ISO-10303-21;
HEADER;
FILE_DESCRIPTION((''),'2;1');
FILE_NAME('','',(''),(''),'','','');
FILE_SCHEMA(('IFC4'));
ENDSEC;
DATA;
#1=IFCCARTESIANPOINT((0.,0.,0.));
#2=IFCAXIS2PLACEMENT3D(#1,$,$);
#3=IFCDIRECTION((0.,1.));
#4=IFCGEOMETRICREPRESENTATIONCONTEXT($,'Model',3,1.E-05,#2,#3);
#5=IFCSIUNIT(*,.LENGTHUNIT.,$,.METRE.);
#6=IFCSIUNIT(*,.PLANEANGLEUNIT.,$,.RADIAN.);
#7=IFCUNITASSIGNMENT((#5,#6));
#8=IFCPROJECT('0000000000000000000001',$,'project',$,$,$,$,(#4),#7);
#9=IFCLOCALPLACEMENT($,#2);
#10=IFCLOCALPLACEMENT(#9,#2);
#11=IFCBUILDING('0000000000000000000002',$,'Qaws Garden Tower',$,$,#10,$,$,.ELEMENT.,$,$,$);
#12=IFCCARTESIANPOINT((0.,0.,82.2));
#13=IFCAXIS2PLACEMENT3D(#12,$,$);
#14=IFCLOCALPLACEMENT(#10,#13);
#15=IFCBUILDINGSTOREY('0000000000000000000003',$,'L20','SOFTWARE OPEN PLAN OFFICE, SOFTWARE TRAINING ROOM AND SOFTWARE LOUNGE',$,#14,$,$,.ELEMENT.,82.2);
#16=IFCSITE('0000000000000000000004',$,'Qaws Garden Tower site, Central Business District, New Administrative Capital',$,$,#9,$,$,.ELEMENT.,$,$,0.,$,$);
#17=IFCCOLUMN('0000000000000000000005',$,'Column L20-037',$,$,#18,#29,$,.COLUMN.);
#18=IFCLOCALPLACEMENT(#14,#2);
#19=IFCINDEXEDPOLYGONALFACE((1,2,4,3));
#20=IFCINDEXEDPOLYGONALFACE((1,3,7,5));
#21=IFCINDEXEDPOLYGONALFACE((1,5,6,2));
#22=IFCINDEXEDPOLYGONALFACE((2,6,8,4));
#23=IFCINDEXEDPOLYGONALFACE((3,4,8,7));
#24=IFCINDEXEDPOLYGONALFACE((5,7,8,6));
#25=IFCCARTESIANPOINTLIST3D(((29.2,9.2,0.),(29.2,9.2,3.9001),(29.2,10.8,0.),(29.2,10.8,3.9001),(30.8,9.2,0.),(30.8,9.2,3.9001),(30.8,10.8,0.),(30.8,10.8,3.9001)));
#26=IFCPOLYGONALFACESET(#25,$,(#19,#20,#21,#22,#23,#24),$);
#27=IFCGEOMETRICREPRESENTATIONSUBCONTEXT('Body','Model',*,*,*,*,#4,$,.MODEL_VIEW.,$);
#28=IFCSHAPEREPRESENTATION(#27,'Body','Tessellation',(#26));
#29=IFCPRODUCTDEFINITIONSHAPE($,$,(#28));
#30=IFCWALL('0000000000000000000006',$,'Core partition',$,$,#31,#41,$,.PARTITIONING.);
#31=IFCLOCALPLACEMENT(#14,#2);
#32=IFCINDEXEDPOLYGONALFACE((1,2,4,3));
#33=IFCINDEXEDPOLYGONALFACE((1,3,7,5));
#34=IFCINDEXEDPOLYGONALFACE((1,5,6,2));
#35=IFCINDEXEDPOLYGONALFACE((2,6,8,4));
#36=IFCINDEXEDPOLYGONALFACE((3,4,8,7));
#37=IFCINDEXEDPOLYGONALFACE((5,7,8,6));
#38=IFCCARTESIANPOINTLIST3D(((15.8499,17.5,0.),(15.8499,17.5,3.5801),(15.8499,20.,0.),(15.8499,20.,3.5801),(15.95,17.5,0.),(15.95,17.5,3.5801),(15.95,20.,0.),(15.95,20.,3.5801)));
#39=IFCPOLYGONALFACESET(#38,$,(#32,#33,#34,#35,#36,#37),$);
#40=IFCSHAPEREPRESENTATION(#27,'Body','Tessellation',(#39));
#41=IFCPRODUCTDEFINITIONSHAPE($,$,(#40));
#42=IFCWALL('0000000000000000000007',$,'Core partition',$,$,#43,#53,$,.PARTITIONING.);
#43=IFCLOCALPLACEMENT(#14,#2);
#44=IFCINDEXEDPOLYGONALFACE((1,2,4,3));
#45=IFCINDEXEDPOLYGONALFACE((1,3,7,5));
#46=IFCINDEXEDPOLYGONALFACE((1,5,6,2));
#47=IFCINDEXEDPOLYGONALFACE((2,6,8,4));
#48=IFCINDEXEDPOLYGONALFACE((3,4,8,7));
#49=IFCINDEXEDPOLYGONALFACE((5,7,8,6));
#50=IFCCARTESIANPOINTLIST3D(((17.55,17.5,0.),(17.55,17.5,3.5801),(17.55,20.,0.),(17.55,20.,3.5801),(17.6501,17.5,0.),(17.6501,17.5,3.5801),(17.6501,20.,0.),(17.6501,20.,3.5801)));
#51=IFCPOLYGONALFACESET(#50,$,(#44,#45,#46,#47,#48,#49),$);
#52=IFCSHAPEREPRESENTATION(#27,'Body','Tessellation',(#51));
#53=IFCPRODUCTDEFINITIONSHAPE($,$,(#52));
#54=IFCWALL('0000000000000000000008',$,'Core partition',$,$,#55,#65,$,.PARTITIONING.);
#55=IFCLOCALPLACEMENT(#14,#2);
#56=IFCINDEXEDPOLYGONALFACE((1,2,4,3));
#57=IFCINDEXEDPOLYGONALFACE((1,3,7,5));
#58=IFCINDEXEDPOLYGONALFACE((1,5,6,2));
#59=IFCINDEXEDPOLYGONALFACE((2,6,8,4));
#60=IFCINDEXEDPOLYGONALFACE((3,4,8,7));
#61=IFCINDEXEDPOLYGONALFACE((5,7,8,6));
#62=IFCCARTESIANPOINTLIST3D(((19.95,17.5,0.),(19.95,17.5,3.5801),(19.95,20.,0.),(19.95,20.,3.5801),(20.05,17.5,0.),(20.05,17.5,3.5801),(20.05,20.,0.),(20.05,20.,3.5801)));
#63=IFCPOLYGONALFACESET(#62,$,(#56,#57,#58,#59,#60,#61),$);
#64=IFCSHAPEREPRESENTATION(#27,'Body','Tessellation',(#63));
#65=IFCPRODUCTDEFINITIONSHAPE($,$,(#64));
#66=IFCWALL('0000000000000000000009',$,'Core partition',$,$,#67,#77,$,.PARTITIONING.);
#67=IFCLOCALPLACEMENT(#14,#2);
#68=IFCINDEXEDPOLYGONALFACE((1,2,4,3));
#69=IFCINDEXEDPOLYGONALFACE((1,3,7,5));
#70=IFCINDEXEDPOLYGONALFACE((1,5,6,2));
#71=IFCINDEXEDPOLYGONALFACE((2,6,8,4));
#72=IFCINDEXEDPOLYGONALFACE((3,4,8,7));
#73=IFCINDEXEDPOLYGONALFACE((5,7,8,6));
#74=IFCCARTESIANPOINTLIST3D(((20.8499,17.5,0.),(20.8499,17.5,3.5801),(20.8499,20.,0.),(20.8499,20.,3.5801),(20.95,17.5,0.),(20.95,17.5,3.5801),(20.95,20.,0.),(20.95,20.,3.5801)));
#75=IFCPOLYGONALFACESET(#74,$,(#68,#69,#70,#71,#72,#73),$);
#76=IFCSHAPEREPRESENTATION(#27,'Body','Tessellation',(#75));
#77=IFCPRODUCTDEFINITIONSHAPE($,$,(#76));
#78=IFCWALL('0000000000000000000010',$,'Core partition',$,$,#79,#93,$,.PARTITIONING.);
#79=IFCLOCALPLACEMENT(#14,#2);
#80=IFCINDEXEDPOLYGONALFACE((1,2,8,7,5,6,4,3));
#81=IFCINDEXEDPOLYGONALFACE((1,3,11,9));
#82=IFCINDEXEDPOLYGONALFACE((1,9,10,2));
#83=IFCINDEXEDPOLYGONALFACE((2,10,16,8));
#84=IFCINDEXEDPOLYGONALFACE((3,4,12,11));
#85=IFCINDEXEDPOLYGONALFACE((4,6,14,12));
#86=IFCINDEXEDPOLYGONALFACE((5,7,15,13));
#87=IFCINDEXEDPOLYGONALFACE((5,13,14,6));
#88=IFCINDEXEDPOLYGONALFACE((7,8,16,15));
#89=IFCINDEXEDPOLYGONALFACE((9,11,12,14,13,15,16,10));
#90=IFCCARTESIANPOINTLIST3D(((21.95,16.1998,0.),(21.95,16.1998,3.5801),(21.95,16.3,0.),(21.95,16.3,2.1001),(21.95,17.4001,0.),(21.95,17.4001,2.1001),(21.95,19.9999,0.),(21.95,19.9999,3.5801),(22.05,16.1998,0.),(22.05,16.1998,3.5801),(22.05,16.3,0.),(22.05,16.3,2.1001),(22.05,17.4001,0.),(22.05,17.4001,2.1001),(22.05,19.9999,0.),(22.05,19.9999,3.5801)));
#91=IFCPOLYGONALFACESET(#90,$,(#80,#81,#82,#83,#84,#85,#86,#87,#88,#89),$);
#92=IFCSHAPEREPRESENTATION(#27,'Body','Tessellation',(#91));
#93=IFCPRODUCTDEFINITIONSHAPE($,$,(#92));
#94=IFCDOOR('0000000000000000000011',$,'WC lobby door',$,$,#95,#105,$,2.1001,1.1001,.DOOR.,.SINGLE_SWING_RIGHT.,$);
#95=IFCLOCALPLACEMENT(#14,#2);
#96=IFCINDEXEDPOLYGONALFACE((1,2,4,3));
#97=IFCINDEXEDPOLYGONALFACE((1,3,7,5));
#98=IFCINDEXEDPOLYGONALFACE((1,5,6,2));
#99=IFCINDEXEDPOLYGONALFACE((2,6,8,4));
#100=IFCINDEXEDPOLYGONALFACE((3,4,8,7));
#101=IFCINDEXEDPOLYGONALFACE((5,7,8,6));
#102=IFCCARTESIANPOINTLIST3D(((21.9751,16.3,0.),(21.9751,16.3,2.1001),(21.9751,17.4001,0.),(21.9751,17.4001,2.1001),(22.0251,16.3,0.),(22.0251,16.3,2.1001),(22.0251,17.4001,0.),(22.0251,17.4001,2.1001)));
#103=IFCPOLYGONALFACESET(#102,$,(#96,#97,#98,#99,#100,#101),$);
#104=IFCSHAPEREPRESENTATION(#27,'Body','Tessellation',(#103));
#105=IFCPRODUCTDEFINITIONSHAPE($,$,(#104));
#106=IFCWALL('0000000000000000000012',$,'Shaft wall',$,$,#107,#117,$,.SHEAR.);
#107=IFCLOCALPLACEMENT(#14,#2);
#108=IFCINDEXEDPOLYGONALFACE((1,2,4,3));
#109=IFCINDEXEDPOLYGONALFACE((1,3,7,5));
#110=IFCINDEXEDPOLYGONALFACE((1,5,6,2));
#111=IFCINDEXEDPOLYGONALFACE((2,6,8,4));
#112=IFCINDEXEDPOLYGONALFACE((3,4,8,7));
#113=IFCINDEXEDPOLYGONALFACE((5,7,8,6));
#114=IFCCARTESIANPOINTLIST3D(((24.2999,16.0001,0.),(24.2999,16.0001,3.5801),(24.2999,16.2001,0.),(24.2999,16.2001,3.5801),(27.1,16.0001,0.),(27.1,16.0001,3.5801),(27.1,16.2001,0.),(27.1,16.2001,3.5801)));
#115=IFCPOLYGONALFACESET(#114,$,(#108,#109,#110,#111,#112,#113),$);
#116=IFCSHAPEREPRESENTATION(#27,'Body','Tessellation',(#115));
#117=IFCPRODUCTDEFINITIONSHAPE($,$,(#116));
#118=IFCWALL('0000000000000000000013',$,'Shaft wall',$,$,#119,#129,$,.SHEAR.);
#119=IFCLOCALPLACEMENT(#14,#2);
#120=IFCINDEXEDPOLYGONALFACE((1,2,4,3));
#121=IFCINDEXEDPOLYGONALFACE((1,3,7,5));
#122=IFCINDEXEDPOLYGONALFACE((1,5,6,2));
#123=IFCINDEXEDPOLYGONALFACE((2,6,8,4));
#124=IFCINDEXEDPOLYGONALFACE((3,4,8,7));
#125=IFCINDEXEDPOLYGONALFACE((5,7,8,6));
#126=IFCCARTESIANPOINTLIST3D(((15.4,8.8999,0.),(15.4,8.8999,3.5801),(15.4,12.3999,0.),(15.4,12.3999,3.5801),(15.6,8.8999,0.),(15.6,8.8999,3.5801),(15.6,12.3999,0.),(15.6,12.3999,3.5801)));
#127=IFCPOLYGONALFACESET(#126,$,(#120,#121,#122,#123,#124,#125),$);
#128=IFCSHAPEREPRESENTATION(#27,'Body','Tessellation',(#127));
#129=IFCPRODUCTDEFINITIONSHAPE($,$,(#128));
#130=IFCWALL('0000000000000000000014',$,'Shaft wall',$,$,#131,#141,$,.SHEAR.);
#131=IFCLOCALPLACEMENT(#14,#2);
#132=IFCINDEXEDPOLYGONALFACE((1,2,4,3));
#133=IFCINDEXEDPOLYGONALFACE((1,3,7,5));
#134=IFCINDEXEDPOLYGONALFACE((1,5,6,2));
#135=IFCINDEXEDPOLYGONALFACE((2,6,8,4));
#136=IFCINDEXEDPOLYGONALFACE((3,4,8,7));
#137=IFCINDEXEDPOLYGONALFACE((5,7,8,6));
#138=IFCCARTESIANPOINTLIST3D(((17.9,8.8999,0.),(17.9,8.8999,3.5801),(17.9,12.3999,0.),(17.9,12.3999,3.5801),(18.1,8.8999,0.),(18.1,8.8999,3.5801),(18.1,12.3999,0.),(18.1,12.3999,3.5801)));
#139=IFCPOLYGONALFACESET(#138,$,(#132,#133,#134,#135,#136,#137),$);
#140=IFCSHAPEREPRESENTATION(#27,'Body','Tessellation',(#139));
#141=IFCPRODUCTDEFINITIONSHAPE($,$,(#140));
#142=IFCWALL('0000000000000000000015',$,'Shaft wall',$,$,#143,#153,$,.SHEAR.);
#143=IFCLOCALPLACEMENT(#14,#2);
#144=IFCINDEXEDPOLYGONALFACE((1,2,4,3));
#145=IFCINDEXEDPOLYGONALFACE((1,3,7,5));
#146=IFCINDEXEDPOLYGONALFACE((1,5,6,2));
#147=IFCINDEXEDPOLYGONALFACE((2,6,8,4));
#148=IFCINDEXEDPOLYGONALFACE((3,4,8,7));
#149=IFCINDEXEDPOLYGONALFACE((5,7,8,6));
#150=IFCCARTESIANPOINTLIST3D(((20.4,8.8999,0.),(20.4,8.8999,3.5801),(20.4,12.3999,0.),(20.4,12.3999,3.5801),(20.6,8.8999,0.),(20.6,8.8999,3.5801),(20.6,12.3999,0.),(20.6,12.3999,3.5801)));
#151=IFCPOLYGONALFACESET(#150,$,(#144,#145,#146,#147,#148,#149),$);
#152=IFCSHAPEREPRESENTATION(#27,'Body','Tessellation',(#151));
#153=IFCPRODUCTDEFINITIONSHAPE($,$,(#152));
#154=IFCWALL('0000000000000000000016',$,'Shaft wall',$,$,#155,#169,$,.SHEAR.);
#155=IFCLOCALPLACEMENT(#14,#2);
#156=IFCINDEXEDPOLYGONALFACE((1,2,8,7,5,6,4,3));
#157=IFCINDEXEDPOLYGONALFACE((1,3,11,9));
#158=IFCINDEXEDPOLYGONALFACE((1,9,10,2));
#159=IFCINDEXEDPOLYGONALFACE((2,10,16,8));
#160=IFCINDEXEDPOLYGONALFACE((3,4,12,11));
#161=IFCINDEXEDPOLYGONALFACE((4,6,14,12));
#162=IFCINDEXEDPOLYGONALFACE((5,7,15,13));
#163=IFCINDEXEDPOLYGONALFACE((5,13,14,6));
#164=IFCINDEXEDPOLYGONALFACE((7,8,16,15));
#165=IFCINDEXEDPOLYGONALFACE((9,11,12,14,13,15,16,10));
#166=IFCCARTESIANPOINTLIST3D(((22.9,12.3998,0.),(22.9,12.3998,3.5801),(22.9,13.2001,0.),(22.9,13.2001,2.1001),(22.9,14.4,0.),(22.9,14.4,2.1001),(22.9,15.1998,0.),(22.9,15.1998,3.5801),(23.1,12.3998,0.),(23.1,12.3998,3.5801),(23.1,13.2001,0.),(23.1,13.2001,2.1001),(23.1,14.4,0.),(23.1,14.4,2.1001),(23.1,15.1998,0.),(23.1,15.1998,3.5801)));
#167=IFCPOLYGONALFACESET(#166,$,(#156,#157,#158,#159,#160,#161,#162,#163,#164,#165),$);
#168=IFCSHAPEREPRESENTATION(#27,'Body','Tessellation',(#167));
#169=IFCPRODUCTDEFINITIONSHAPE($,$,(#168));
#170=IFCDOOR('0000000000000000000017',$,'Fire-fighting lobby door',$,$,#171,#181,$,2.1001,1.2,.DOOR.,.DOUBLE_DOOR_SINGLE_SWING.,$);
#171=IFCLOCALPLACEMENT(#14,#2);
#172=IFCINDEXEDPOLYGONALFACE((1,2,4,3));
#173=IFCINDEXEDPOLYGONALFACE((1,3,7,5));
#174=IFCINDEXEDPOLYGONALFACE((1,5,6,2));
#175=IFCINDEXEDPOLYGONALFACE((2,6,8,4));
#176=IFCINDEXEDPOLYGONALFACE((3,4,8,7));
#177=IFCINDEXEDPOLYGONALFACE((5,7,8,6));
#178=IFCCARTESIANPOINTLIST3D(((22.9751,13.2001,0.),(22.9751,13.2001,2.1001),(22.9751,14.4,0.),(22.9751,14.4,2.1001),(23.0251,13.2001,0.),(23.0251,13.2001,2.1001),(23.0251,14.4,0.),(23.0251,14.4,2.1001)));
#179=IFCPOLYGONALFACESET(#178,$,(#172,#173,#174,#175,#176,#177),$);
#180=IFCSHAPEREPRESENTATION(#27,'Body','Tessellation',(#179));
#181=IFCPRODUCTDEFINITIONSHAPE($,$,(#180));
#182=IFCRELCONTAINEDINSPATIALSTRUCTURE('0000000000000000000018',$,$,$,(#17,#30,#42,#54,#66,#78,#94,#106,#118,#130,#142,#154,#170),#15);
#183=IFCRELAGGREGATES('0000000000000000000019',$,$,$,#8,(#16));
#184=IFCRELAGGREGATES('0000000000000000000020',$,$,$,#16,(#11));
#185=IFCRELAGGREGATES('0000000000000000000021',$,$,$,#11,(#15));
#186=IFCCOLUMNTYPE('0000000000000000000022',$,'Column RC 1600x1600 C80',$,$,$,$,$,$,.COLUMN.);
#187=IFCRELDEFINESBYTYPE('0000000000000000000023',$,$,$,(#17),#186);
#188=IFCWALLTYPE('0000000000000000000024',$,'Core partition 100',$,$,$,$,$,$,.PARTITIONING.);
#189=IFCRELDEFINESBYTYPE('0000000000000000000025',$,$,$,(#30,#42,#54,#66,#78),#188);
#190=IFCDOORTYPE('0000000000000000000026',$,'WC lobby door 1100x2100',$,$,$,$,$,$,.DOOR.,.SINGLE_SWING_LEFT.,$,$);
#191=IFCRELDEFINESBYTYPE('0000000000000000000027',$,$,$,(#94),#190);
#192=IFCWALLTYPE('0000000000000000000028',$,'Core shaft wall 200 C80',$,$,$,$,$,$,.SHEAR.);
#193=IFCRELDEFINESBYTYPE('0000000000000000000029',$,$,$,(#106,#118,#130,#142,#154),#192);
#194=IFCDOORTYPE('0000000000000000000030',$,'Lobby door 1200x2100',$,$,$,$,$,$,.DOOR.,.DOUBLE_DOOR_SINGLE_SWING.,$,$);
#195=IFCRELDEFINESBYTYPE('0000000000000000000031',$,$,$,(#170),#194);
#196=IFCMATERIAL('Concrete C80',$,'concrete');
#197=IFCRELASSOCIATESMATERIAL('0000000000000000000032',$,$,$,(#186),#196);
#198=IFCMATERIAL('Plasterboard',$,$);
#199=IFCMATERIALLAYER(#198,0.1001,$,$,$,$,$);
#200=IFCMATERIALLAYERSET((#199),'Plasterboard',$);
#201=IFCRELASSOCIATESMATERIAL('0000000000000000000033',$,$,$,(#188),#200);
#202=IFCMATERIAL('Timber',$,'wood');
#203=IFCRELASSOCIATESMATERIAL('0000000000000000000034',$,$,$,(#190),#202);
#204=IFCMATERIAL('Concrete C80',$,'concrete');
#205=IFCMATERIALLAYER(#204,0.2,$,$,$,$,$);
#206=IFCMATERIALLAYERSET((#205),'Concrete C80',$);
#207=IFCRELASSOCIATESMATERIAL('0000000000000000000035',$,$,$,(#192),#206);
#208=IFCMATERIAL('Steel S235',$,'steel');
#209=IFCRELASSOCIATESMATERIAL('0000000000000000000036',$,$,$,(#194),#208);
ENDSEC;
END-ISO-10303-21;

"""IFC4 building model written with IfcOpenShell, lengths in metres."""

from ifc_helpers import new_model, si_unit, direction, frame, frame_2d, origin, origin_2d, place, context, subcontext, project, spatial, rectangle, extrude, material, layer, layer_set, material_profile, profile_set, type_object, element, fill, save


model = new_model("IFC4")

# Units and contexts
model_context = context("Model", 3, precision=1e-05, world=origin(), true_north=direction((0.0, 1.0)))
body_context = subcontext(model_context, "Body", "Model", "MODEL_VIEW")
ifc_project = project(units=[si_unit("LENGTHUNIT", "METRE"), si_unit("PLANEANGLEUNIT", "RADIAN")], contexts=[model_context])

# Site, building, storey
site_placement = place(None, origin())
site = spatial("IfcSite", under=ifc_project, at=site_placement, Name="Qaws Garden Tower site, Central Business District, New Administrative Capital", CompositionType="ELEMENT", RefElevation=0.0)
building_placement = place(site_placement, origin())
building = spatial("IfcBuilding", under=site, at=building_placement, Name="Qaws Garden Tower", CompositionType="ELEMENT")
storey_placement = place(building_placement, frame((0.0, 0.0, 82.2)))
storey = spatial("IfcBuildingStorey", under=building, at=storey_placement, Name="L20", Description="SOFTWARE OPEN PLAN OFFICE, SOFTWARE TRAINING ROOM AND SOFTWARE LOUNGE", CompositionType="ELEMENT", Elevation=82.2)

# Column
ifc_material_1 = material(Name="Concrete C80", Category="concrete")
ifc_material_profile = material_profile(ifc_material_1, rectangle(XDim=1.6001, YDim=1.6001, at=origin_2d()), Name="RC 1600x1600")
ifc_profile_set = profile_set([ifc_material_profile], Name="Concrete C80")
column_type = type_object("IfcColumnType", Name="Column RC 1600x1600 C80", PredefinedType="COLUMN", material=ifc_profile_set)
column_placement = place(storey_placement, frame((30.0, 10.0, 0.0), z_axis=(0.0, 0.0, 1.0), x_axis=(1.0, 0.0, 0.0)))
element("IfcColumn", 1, at=column_placement, inside=storey, type_object=column_type, Name="Column L20-037", PredefinedType="COLUMN", context=body_context, shape_type="SweptSolid", body=[
    extrude(rectangle(XDim=1.6001, YDim=1.6001, at=origin_2d()), origin(), (0.0, 0.0, 1.0), 3.9001),
])

# Walls
ifc_material_2 = material(Name="Plasterboard")
ifc_layer_1 = layer(ifc_material_2, 0.1001)
ifc_layer_set_1 = layer_set([ifc_layer_1], Name="Plasterboard")
wall_type_1 = type_object("IfcWallType", Name="Core partition 100", PredefinedType="PARTITIONING", material=ifc_layer_set_1)
for number, where, z_axis, x_axis, name in (
    (2, (15.8999, 17.5, 0.0), (0.0, 0.0, 1.0), (0.0, 1.0, 0.0), "Core partition"),
    (3, (17.6001, 17.5, 0.0), (0.0, 0.0, 1.0), (0.0, 1.0, 0.0), "Core partition"),
    (4, (20.0, 17.5, 0.0), (0.0, 0.0, 1.0), (0.0, 1.0, 0.0), "Core partition"),
    (5, (20.8999, 17.5, 0.0), (0.0, 0.0, 1.0), (0.0, 1.0, 0.0), "Core partition"),
):
    element("IfcWall", number, at=place(storey_placement, frame(where, z_axis=z_axis, x_axis=x_axis)), inside=storey, type_object=wall_type_1, Name=name, PredefinedType="PARTITIONING", context=body_context, shape_type="SweptSolid", body=[
        extrude(rectangle(XDim=2.5, YDim=0.1001, at=frame_2d((1.25, 0.0))), origin(), (0.0, 0.0, 1.0), 3.5801),
    ])

# Wall, opening, door
wall_1_placement = place(storey_placement, frame((22.0, 16.2, 0.0), z_axis=(0.0, 0.0, 1.0), x_axis=(0.0, 1.0, 0.0)))
wall_1 = element("IfcWall", 6, at=wall_1_placement, inside=storey, type_object=wall_type_1, Name="Core partition", PredefinedType="PARTITIONING", context=body_context, shape_type="SweptSolid", body=[
    extrude(rectangle(XDim=3.8, YDim=0.1001, at=frame_2d((1.8999, 0.0))), origin(), (0.0, 0.0, 1.0), 3.5801),
])
opening_1_placement = place(wall_1_placement, frame((0.1001, 0.0, 0.0)))
opening_1 = element("IfcOpeningElement", 7, at=opening_1_placement, cuts=wall_1, PredefinedType="OPENING", context=body_context, shape_type="SweptSolid", body=[
    extrude(rectangle(XDim=1.1001, YDim=2.1001, at=frame_2d((0.55, 1.05))), frame((0.0, 0.0601, 0.0), z_axis=(0.0, -1.0, 0.0), x_axis=(1.0, 0.0, 0.0)), (0.0, 0.0, 1.0), 0.1201),
])
ifc_material_3 = material(Name="Timber", Category="wood")
door_type_1 = type_object("IfcDoorType", Name="WC lobby door 1100x2100", OperationType="SINGLE_SWING_LEFT", PredefinedType="DOOR", material=ifc_material_3)
door_1_placement = place(opening_1_placement, origin())
door_1 = element("IfcDoor", 8, at=door_1_placement, inside=storey, type_object=door_type_1, Name="WC lobby door", OperationType="SINGLE_SWING_RIGHT", OverallHeight=2.1001, OverallWidth=1.1001, PredefinedType="DOOR", context=body_context, shape_type="SweptSolid", body=[
    extrude(rectangle(XDim=1.1001, YDim=2.1001, at=frame_2d((0.55, 1.05))), frame((0.0, 0.0249, 0.0), z_axis=(0.0, -1.0, 0.0), x_axis=(1.0, 0.0, 0.0)), (0.0, 0.0, 1.0), 0.05),
])
fill(opening_1, door_1)

# Walls
ifc_material_4 = material(Name="Concrete C80", Category="concrete")
ifc_layer_2 = layer(ifc_material_4, 0.2)
ifc_layer_set_2 = layer_set([ifc_layer_2], Name="Concrete C80")
wall_type_2 = type_object("IfcWallType", Name="Core shaft wall 200 C80", PredefinedType="SHEAR", material=ifc_layer_set_2)
wall_2_placement = place(storey_placement, frame((24.3, 16.1001, 0.0), z_axis=(0.0, 0.0, 1.0), x_axis=(1.0, 0.0, 0.0)))
element("IfcWall", 9, at=wall_2_placement, inside=storey, type_object=wall_type_2, Name="Shaft wall", PredefinedType="SHEAR", context=body_context, shape_type="SweptSolid", body=[
    extrude(rectangle(XDim=2.8, YDim=0.2, at=frame_2d((1.3999, 0.0))), origin(), (0.0, 0.0, 1.0), 3.5801),
])
for number, where, z_axis, x_axis, name in (
    (10, (15.5, 8.8999, 0.0), (0.0, 0.0, 1.0), (0.0, 1.0, 0.0), "Shaft wall"),
    (11, (18.0, 8.8999, 0.0), (0.0, 0.0, 1.0), (0.0, 1.0, 0.0), "Shaft wall"),
    (12, (20.5, 8.8999, 0.0), (0.0, 0.0, 1.0), (0.0, 1.0, 0.0), "Shaft wall"),
):
    element("IfcWall", number, at=place(storey_placement, frame(where, z_axis=z_axis, x_axis=x_axis)), inside=storey, type_object=wall_type_2, Name=name, PredefinedType="SHEAR", context=body_context, shape_type="SweptSolid", body=[
        extrude(rectangle(XDim=3.5, YDim=0.2, at=frame_2d((1.75, 0.0))), origin(), (0.0, 0.0, 1.0), 3.5801),
    ])

# Wall, opening, door
wall_3_placement = place(storey_placement, frame((23.0, 12.3999, 0.0), z_axis=(0.0, 0.0, 1.0), x_axis=(0.0, 1.0, 0.0)))
wall_3 = element("IfcWall", 13, at=wall_3_placement, inside=storey, type_object=wall_type_2, Name="Shaft wall", PredefinedType="SHEAR", context=body_context, shape_type="SweptSolid", body=[
    extrude(rectangle(XDim=2.8, YDim=0.2, at=frame_2d((1.3999, 0.0))), origin(), (0.0, 0.0, 1.0), 3.5801),
])
opening_2_placement = place(wall_3_placement, frame((0.8, 0.0, 0.0)))
opening_2 = element("IfcOpeningElement", 14, at=opening_2_placement, cuts=wall_3, PredefinedType="OPENING", context=body_context, shape_type="SweptSolid", body=[
    extrude(rectangle(XDim=1.2, YDim=2.1001, at=frame_2d((0.6001, 1.05))), frame((0.0, 0.1099, 0.0), z_axis=(0.0, -1.0, 0.0), x_axis=(1.0, 0.0, 0.0)), (0.0, 0.0, 1.0), 0.22),
])
ifc_material_5 = material(Name="Steel S235", Category="steel")
door_type_2 = type_object("IfcDoorType", Name="Lobby door 1200x2100", OperationType="DOUBLE_DOOR_SINGLE_SWING", PredefinedType="DOOR", material=ifc_material_5)
door_2_placement = place(opening_2_placement, origin())
door_2 = element("IfcDoor", 15, at=door_2_placement, inside=storey, type_object=door_type_2, Name="Fire-fighting lobby door", OperationType="DOUBLE_DOOR_SINGLE_SWING", OverallHeight=2.1001, OverallWidth=1.2, PredefinedType="DOOR", context=body_context, shape_type="SweptSolid", body=[
    extrude(rectangle(XDim=1.2, YDim=2.1001, at=frame_2d((0.6001, 1.05))), frame((0.0, 0.0249, 0.0), z_axis=(0.0, -1.0, 0.0), x_axis=(1.0, 0.0, 0.0)), (0.0, 0.0, 1.0), 0.05),
])
fill(opening_2, door_2)

save(model, "model.ifc")
